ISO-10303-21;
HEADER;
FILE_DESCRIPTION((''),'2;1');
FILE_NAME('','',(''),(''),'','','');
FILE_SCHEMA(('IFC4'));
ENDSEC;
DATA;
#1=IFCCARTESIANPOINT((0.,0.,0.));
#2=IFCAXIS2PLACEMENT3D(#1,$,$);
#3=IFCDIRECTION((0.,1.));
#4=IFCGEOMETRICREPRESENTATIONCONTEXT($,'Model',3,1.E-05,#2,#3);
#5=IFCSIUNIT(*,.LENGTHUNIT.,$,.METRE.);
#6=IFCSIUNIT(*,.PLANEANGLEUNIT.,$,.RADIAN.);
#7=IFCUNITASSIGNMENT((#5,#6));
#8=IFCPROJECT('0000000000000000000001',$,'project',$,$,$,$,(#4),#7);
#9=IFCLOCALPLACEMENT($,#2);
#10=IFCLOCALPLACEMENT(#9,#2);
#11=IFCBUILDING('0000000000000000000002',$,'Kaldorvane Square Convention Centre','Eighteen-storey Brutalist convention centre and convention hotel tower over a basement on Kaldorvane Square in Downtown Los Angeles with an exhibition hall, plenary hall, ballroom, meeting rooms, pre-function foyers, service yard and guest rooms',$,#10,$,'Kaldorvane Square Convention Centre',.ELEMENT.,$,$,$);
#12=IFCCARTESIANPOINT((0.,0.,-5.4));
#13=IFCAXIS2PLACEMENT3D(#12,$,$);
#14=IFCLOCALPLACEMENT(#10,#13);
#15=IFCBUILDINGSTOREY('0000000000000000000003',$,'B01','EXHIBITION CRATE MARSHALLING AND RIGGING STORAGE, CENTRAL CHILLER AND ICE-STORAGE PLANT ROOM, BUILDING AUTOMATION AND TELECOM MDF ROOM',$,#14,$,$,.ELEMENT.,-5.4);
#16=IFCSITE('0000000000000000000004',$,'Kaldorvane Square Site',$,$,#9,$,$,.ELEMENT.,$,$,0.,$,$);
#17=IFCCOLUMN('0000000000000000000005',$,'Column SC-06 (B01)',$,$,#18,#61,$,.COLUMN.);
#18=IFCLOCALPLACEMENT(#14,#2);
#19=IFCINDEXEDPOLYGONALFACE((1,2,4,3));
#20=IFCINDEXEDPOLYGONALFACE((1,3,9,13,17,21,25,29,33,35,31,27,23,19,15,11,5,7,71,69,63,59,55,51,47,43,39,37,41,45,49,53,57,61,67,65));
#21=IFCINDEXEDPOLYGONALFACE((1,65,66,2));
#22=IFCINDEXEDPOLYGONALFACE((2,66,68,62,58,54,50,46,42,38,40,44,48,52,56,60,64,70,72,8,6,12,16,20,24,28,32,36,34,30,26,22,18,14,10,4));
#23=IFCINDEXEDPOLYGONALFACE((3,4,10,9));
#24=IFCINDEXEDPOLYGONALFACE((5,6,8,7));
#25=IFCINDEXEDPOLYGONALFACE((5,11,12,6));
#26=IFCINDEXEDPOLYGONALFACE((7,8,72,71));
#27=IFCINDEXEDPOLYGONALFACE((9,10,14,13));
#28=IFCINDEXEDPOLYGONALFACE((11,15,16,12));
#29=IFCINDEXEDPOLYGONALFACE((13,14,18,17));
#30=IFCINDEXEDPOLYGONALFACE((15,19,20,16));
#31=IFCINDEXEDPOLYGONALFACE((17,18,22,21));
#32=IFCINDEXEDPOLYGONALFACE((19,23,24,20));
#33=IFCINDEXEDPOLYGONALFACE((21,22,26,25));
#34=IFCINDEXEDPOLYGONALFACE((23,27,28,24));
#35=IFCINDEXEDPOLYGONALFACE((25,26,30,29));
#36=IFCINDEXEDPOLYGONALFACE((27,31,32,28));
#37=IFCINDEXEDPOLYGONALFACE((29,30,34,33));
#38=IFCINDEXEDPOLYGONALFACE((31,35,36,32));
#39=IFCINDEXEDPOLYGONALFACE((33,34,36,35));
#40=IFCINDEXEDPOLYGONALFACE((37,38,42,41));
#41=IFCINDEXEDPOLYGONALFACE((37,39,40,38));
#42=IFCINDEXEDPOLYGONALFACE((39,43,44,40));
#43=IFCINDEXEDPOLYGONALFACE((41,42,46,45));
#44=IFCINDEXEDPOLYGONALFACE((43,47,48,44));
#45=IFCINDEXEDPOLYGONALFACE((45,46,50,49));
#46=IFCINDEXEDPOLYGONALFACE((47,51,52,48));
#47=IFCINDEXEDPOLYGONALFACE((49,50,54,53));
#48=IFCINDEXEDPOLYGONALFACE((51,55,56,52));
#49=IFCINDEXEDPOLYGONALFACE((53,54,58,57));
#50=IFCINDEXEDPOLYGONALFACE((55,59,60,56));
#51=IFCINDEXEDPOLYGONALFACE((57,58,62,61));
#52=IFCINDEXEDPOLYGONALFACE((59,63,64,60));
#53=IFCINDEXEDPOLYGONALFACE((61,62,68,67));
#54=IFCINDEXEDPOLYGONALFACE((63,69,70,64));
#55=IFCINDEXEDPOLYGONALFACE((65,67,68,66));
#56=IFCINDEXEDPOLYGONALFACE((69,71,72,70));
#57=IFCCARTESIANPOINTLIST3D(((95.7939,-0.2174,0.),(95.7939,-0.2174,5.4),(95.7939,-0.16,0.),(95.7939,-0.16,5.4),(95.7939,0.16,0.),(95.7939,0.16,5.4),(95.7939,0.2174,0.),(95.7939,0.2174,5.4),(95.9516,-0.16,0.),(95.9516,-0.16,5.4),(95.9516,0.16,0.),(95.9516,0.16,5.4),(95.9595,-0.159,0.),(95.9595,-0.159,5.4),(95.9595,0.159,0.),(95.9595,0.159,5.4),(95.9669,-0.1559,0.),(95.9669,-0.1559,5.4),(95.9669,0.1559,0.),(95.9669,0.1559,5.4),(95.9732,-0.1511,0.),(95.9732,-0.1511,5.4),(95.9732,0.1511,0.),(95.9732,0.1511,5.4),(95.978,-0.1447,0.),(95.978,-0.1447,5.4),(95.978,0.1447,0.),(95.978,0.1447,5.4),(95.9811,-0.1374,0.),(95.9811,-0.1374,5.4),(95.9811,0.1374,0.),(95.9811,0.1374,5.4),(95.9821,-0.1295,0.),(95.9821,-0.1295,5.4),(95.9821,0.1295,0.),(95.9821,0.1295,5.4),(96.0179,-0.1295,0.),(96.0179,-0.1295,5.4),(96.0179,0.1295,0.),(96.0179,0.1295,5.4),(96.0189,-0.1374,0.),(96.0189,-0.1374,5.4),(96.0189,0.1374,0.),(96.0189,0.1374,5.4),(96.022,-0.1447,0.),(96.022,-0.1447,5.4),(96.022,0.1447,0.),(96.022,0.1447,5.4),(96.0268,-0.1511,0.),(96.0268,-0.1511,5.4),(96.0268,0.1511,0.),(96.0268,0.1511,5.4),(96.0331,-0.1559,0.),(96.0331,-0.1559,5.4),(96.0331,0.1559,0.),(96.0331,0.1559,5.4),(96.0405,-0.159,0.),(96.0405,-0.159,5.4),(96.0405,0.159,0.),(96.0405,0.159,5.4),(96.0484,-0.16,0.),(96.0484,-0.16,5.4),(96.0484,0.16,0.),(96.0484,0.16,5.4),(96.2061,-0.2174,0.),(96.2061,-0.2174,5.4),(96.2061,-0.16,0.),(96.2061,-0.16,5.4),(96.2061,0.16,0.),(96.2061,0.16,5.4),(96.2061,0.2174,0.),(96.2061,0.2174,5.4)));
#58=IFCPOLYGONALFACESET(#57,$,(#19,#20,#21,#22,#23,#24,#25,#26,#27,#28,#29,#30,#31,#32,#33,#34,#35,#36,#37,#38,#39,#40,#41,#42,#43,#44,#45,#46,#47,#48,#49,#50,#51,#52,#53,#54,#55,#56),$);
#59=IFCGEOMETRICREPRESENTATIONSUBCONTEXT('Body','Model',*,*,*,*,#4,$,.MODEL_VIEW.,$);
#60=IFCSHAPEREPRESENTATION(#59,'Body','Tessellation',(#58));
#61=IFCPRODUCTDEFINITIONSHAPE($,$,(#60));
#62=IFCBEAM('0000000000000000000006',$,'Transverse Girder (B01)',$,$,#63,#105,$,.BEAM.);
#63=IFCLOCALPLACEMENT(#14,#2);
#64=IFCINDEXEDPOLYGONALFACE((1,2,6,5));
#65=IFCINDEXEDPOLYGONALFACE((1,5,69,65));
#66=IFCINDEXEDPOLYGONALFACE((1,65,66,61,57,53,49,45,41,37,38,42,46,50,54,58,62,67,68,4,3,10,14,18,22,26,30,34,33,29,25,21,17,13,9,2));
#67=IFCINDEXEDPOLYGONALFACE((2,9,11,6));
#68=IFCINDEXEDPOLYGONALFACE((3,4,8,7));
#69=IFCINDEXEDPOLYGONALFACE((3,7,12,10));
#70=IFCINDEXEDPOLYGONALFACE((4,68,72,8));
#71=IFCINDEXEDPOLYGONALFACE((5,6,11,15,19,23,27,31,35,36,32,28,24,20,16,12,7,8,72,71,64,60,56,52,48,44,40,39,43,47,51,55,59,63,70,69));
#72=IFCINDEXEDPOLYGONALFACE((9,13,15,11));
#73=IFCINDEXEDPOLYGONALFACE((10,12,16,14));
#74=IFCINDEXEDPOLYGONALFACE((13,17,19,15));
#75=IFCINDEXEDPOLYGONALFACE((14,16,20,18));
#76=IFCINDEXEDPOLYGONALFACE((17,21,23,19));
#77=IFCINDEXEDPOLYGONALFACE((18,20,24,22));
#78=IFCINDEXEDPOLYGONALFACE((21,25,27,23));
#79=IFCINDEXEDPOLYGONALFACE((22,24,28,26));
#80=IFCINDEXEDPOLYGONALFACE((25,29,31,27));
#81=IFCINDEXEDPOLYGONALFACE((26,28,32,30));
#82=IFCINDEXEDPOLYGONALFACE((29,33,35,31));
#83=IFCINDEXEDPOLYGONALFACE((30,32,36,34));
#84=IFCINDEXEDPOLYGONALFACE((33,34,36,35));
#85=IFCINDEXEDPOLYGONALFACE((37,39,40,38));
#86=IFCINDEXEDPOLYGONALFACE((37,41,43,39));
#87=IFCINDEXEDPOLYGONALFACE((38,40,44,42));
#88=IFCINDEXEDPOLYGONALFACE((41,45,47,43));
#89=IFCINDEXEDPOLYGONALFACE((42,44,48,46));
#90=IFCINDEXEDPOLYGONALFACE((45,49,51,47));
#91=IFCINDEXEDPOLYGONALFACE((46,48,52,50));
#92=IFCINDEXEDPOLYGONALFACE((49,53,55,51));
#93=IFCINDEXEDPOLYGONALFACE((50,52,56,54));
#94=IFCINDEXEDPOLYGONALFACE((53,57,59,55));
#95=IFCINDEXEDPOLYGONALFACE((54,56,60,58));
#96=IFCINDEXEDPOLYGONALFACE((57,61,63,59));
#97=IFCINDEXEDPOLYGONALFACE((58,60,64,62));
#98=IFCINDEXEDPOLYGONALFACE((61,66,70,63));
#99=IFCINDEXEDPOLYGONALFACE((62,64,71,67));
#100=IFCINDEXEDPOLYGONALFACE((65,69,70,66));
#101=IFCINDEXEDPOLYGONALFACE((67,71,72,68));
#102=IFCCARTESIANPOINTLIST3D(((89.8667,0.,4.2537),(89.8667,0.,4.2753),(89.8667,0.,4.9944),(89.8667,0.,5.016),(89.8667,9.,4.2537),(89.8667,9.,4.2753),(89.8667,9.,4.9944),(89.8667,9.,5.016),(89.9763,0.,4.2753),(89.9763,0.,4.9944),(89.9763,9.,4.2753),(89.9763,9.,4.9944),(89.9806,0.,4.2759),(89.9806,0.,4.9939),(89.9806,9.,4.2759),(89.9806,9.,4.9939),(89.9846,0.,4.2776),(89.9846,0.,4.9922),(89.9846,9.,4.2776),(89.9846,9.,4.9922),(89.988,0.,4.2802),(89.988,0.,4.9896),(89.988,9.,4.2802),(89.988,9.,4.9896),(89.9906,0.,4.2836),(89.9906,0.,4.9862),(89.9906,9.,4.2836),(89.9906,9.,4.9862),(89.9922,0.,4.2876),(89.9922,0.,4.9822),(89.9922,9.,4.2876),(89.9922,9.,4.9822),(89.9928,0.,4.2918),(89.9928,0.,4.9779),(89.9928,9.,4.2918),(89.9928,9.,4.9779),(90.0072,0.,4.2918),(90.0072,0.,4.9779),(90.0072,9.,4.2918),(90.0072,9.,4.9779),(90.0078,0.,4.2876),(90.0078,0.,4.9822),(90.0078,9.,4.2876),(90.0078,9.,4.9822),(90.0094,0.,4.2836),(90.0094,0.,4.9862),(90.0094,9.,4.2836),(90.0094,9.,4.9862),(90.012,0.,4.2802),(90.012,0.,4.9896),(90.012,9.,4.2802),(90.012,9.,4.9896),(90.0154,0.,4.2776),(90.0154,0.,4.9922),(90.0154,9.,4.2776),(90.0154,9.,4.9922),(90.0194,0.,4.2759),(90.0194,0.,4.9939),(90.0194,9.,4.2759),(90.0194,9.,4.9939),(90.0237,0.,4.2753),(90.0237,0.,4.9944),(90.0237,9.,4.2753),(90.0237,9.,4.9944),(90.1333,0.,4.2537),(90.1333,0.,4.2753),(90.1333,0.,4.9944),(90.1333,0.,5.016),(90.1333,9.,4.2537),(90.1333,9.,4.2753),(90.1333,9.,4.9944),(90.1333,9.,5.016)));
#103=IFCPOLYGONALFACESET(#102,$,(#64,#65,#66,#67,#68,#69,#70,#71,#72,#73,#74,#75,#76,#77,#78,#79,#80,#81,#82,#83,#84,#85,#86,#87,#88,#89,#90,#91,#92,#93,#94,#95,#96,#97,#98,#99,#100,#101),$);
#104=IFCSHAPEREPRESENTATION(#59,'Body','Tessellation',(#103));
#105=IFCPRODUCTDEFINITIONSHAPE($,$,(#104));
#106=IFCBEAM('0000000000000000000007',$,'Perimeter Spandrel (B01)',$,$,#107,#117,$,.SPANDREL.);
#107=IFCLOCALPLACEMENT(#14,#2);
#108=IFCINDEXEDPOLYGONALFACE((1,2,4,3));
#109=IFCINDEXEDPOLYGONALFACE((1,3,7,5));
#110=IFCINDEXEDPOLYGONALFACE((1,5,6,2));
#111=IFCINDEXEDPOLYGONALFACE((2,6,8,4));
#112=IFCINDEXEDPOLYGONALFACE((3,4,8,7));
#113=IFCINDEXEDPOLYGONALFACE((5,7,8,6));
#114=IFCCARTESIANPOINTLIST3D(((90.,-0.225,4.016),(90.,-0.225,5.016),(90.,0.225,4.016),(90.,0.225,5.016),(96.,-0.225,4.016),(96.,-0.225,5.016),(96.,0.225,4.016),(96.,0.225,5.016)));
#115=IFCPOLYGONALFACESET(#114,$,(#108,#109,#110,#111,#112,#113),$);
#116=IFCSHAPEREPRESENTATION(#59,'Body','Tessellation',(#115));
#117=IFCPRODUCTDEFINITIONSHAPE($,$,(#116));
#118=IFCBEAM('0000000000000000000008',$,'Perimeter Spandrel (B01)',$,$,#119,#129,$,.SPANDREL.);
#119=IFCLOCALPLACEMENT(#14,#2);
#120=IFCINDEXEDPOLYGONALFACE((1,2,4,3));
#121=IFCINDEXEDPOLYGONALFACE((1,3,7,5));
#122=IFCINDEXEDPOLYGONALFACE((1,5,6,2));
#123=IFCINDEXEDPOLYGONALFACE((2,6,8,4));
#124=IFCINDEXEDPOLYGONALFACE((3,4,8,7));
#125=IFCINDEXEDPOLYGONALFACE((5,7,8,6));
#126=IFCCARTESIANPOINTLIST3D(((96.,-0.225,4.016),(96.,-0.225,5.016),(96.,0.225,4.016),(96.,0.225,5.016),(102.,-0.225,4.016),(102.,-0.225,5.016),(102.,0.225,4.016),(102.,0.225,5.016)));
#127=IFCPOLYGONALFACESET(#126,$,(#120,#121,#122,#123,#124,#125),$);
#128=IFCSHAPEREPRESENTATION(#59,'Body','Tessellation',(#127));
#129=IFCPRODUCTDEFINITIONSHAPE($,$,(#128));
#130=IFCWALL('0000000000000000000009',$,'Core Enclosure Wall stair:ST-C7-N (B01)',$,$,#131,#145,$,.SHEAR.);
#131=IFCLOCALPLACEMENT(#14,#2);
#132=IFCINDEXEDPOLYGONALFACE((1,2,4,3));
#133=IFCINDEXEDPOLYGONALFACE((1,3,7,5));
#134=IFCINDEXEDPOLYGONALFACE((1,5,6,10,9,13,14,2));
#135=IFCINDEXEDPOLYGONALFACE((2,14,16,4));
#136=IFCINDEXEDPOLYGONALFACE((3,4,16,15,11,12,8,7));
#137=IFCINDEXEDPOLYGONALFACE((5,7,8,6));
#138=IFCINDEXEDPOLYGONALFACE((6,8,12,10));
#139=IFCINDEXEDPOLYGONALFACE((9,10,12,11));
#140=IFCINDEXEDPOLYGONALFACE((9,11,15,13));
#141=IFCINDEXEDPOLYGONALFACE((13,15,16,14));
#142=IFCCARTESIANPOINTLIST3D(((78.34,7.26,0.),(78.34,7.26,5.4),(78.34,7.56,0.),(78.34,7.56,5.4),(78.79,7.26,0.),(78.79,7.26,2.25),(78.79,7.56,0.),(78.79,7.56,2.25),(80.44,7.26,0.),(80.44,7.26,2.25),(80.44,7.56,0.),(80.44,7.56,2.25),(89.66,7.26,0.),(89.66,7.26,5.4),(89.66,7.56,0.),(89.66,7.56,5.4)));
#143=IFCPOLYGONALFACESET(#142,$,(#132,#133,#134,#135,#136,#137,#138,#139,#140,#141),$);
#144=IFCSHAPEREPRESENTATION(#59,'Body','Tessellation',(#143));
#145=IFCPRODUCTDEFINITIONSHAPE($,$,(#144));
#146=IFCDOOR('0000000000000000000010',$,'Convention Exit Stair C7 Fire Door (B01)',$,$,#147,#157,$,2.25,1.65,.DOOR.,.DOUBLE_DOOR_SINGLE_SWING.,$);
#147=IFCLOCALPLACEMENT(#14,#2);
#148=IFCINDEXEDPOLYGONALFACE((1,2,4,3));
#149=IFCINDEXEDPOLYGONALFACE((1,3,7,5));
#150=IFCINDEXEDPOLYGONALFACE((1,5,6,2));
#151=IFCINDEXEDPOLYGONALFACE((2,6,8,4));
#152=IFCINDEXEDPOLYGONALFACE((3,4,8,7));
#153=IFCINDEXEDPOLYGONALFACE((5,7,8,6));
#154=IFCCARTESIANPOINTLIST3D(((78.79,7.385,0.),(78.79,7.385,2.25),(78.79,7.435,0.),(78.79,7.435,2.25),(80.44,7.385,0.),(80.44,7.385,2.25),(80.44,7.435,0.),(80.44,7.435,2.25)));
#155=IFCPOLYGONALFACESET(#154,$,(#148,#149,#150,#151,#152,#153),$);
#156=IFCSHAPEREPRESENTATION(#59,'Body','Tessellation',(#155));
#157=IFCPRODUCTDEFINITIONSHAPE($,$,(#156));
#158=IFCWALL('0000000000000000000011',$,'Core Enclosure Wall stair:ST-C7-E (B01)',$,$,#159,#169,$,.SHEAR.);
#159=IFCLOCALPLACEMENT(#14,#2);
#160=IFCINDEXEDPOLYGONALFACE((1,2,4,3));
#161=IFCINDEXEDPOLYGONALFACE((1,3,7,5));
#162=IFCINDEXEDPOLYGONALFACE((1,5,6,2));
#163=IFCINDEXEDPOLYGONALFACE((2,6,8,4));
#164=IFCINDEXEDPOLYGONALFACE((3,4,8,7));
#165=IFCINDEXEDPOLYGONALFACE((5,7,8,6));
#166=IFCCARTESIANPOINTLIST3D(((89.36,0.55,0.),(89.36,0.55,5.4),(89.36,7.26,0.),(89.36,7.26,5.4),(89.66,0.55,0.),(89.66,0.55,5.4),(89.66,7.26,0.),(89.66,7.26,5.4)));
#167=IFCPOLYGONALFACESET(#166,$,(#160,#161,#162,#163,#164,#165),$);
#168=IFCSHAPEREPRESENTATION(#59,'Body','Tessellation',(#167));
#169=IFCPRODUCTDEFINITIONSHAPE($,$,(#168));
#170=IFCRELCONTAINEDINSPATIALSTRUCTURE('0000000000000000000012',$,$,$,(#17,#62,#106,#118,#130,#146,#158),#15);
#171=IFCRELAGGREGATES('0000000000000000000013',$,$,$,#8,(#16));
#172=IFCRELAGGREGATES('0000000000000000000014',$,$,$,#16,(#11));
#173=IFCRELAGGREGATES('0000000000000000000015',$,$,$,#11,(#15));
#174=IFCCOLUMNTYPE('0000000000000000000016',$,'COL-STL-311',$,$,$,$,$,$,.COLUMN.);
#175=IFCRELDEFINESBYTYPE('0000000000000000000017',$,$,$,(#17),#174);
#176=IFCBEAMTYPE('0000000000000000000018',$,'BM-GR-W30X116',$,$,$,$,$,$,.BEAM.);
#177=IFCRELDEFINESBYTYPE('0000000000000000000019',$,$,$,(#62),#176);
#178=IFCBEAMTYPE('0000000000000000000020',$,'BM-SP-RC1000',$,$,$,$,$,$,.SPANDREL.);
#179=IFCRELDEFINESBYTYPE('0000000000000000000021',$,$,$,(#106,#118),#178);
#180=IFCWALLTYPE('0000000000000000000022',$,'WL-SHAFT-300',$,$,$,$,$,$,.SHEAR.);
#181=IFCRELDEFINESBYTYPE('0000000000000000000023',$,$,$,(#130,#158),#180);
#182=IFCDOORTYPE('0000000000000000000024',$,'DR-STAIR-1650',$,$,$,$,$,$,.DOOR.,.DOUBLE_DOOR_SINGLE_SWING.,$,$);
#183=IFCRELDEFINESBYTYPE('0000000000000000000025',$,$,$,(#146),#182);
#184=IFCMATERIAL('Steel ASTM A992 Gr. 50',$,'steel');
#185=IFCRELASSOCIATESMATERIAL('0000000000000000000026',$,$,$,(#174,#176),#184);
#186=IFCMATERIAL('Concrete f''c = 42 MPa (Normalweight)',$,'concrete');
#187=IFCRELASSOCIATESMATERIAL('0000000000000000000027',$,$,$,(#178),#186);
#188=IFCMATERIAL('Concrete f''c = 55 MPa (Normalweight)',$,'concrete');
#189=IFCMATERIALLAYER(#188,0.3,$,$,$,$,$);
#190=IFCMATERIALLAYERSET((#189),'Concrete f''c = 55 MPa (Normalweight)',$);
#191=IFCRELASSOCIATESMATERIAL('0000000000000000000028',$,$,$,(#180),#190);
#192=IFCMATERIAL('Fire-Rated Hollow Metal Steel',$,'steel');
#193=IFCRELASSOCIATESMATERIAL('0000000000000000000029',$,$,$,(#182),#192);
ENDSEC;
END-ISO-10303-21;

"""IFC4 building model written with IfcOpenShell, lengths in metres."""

from ifc_helpers import new_model, si_unit, direction, frame, frame_2d, origin, origin_2d, place, context, subcontext, project, spatial, rectangle, i_section, extrude, material, layer, layer_set, material_profile, profile_set, type_object, element, fill, save


model = new_model("IFC4")

# Units and contexts
model_context = context("Model", 3, precision=1e-05, world=origin(), true_north=direction((0.0, 1.0)))
body_context = subcontext(model_context, "Body", "Model", "MODEL_VIEW")
ifc_project = project(units=[si_unit("LENGTHUNIT", "METRE"), si_unit("PLANEANGLEUNIT", "RADIAN")], contexts=[model_context])

# Site, building, storey
site_placement = place(None, origin())
site = spatial("IfcSite", under=ifc_project, at=site_placement, Name="Kaldorvane Square Site", CompositionType="ELEMENT", RefElevation=0.0)
building_placement = place(site_placement, origin())
building = spatial("IfcBuilding", under=site, at=building_placement, Name="Kaldorvane Square Convention Centre", Description="Eighteen-storey Brutalist convention centre and convention hotel tower over a basement on Kaldorvane Square in Downtown Los Angeles with an exhibition hall, plenary hall, ballroom, meeting rooms, pre-function foyers, service yard and guest rooms", LongName="Kaldorvane Square Convention Centre", CompositionType="ELEMENT")
storey_placement = place(building_placement, frame((0.0, 0.0, -5.4)))
storey = spatial("IfcBuildingStorey", under=building, at=storey_placement, Name="B01", Description="EXHIBITION CRATE MARSHALLING AND RIGGING STORAGE, CENTRAL CHILLER AND ICE-STORAGE PLANT ROOM, BUILDING AUTOMATION AND TELECOM MDF ROOM", CompositionType="ELEMENT", Elevation=-5.4)

# Shared definitions
ifc_material_1 = material(Name="Concrete f'c = 42 MPa (Normalweight)", Category="concrete")

# Column
ifc_material_2 = material(Name="Steel ASTM A992 Gr. 50", Category="steel")
ifc_material_profile_1 = material_profile(ifc_material_2, i_section(OverallWidth=0.4122, OverallDepth=0.4348, WebThickness=0.0358, FlangeThickness=0.0574, FilletRadius=0.0305, at=origin_2d()), Name="W14X311")
ifc_profile_set_1 = profile_set([ifc_material_profile_1], Name="Steel ASTM A992 Gr. 50")
column_type = type_object("IfcColumnType", Name="COL-STL-311", PredefinedType="COLUMN", material=ifc_profile_set_1)
for number, where, z_axis, x_axis, name in (
    (1, (96.0, 0.0, 0.0), (0.0, 0.0, 1.0), (1.0, 0.0, 0.0), "Column SC-06 (B01)"),
):
    element("IfcColumn", number, at=place(storey_placement, frame(where, z_axis=z_axis, x_axis=x_axis)), inside=storey, type_object=column_type, Name=name, PredefinedType="COLUMN", context=body_context, shape_type="SweptSolid", body=[
        extrude(i_section(OverallWidth=0.4122, OverallDepth=0.4348, WebThickness=0.0358, FlangeThickness=0.0574, FilletRadius=0.0305, at=origin_2d()), origin(), (0.0, 0.0, 1.0), 5.4),
    ])

# Beams
ifc_material_profile_2 = material_profile(ifc_material_2, i_section(OverallWidth=0.2666, OverallDepth=0.7623, WebThickness=0.0144, FlangeThickness=0.0216, FilletRadius=0.0165, at=origin_2d()), Name="W30X116")
ifc_profile_set_2 = profile_set([ifc_material_profile_2], Name="Steel ASTM A992 Gr. 50")
beam_type_1 = type_object("IfcBeamType", Name="BM-GR-W30X116", PredefinedType="BEAM", material=ifc_profile_set_2)
beam_placement = place(storey_placement, frame((90.0, 0.0, 4.6349), z_axis=(0.0, 1.0, 0.0), x_axis=(-1.0, 0.0, 0.0)))
element("IfcBeam", 2, at=beam_placement, inside=storey, type_object=beam_type_1, Name="Transverse Girder (B01)", PredefinedType="BEAM", context=body_context, shape_type="SweptSolid", body=[
    extrude(i_section(OverallWidth=0.2666, OverallDepth=0.7623, WebThickness=0.0144, FlangeThickness=0.0216, FilletRadius=0.0165, at=origin_2d()), origin(), (0.0, 0.0, 1.0), 9.0),
])
ifc_material_profile_3 = material_profile(ifc_material_1, rectangle(XDim=0.45, YDim=1.0, at=origin_2d()), Name="RCSP1000X450")
ifc_profile_set_3 = profile_set([ifc_material_profile_3], Name="Concrete f'c = 42 MPa (Normalweight)")
beam_type_2 = type_object("IfcBeamType", Name="BM-SP-RC1000", PredefinedType="SPANDREL", material=ifc_profile_set_3)
for number, where, z_axis, x_axis, name in (
    (3, (90.0, 0.0, 4.516), (1.0, 0.0, 0.0), (0.0, 1.0, 0.0), "Perimeter Spandrel (B01)"),
    (4, (96.0, 0.0, 4.516), (1.0, 0.0, 0.0), (0.0, 1.0, 0.0), "Perimeter Spandrel (B01)"),
):
    element("IfcBeam", number, at=place(storey_placement, frame(where, z_axis=z_axis, x_axis=x_axis)), inside=storey, type_object=beam_type_2, Name=name, PredefinedType="SPANDREL", context=body_context, shape_type="SweptSolid", body=[
        extrude(rectangle(XDim=0.45, YDim=1.0, at=origin_2d()), origin(), (0.0, 0.0, 1.0), 6.0),
    ])

# Wall, opening, door
ifc_material_3 = material(Name="Concrete f'c = 55 MPa (Normalweight)", Category="concrete")
ifc_layer = layer(ifc_material_3, 0.3)
ifc_layer_set = layer_set([ifc_layer], Name="Concrete f'c = 55 MPa (Normalweight)")
wall_type = type_object("IfcWallType", Name="WL-SHAFT-300", PredefinedType="SHEAR", material=ifc_layer_set)
wall_1_placement = place(storey_placement, frame((89.66, 7.41, 0.0), z_axis=(0.0, 0.0, 1.0), x_axis=(-1.0, 0.0, 0.0)))
wall_1 = element("IfcWall", 5, at=wall_1_placement, inside=storey, type_object=wall_type, Name="Core Enclosure Wall stair:ST-C7-N (B01)", PredefinedType="SHEAR", context=body_context, shape_type="SweptSolid", body=[
    extrude(rectangle(XDim=11.32, YDim=0.3, at=frame_2d((5.66, 0.0))), origin(), (0.0, 0.0, 1.0), 5.4),
])
opening_placement = place(wall_1_placement, frame((9.22, 0.0, 0.0)))
opening = element("IfcOpeningElement", 6, at=opening_placement, cuts=wall_1, PredefinedType="OPENING", context=body_context, shape_type="SweptSolid", body=[
    extrude(rectangle(XDim=1.65, YDim=2.25, at=frame_2d((0.825, 1.125))), frame((0.0, 0.165, 0.0), z_axis=(0.0, -1.0, 0.0), x_axis=(1.0, 0.0, 0.0)), (0.0, 0.0, 1.0), 0.33),
])
ifc_material_4 = material(Name="Fire-Rated Hollow Metal Steel", Category="steel")
door_type = type_object("IfcDoorType", Name="DR-STAIR-1650", OperationType="DOUBLE_DOOR_SINGLE_SWING", PredefinedType="DOOR", material=ifc_material_4)
door_placement = place(opening_placement, origin())
door = element("IfcDoor", 7, at=door_placement, inside=storey, type_object=door_type, Name="Convention Exit Stair C7 Fire Door (B01)", OperationType="DOUBLE_DOOR_SINGLE_SWING", OverallHeight=2.25, OverallWidth=1.65, PredefinedType="DOOR", context=body_context, shape_type="SweptSolid", body=[
    extrude(rectangle(XDim=1.65, YDim=2.25, at=frame_2d((0.825, 1.125))), frame((0.0, 0.025, 0.0), z_axis=(0.0, -1.0, 0.0), x_axis=(1.0, 0.0, 0.0)), (0.0, 0.0, 1.0), 0.05),
])
fill(opening, door)

# Wall
wall_2_placement = place(storey_placement, frame((89.51, 0.55, 0.0), z_axis=(0.0, 0.0, 1.0), x_axis=(0.0, 1.0, 0.0)))
element("IfcWall", 8, at=wall_2_placement, inside=storey, type_object=wall_type, Name="Core Enclosure Wall stair:ST-C7-E (B01)", PredefinedType="SHEAR", context=body_context, shape_type="SweptSolid", body=[
    extrude(rectangle(XDim=6.71, YDim=0.3, at=frame_2d((3.355, 0.0))), origin(), (0.0, 0.0, 1.0), 5.4),
])

save(model, "model.ifc")
